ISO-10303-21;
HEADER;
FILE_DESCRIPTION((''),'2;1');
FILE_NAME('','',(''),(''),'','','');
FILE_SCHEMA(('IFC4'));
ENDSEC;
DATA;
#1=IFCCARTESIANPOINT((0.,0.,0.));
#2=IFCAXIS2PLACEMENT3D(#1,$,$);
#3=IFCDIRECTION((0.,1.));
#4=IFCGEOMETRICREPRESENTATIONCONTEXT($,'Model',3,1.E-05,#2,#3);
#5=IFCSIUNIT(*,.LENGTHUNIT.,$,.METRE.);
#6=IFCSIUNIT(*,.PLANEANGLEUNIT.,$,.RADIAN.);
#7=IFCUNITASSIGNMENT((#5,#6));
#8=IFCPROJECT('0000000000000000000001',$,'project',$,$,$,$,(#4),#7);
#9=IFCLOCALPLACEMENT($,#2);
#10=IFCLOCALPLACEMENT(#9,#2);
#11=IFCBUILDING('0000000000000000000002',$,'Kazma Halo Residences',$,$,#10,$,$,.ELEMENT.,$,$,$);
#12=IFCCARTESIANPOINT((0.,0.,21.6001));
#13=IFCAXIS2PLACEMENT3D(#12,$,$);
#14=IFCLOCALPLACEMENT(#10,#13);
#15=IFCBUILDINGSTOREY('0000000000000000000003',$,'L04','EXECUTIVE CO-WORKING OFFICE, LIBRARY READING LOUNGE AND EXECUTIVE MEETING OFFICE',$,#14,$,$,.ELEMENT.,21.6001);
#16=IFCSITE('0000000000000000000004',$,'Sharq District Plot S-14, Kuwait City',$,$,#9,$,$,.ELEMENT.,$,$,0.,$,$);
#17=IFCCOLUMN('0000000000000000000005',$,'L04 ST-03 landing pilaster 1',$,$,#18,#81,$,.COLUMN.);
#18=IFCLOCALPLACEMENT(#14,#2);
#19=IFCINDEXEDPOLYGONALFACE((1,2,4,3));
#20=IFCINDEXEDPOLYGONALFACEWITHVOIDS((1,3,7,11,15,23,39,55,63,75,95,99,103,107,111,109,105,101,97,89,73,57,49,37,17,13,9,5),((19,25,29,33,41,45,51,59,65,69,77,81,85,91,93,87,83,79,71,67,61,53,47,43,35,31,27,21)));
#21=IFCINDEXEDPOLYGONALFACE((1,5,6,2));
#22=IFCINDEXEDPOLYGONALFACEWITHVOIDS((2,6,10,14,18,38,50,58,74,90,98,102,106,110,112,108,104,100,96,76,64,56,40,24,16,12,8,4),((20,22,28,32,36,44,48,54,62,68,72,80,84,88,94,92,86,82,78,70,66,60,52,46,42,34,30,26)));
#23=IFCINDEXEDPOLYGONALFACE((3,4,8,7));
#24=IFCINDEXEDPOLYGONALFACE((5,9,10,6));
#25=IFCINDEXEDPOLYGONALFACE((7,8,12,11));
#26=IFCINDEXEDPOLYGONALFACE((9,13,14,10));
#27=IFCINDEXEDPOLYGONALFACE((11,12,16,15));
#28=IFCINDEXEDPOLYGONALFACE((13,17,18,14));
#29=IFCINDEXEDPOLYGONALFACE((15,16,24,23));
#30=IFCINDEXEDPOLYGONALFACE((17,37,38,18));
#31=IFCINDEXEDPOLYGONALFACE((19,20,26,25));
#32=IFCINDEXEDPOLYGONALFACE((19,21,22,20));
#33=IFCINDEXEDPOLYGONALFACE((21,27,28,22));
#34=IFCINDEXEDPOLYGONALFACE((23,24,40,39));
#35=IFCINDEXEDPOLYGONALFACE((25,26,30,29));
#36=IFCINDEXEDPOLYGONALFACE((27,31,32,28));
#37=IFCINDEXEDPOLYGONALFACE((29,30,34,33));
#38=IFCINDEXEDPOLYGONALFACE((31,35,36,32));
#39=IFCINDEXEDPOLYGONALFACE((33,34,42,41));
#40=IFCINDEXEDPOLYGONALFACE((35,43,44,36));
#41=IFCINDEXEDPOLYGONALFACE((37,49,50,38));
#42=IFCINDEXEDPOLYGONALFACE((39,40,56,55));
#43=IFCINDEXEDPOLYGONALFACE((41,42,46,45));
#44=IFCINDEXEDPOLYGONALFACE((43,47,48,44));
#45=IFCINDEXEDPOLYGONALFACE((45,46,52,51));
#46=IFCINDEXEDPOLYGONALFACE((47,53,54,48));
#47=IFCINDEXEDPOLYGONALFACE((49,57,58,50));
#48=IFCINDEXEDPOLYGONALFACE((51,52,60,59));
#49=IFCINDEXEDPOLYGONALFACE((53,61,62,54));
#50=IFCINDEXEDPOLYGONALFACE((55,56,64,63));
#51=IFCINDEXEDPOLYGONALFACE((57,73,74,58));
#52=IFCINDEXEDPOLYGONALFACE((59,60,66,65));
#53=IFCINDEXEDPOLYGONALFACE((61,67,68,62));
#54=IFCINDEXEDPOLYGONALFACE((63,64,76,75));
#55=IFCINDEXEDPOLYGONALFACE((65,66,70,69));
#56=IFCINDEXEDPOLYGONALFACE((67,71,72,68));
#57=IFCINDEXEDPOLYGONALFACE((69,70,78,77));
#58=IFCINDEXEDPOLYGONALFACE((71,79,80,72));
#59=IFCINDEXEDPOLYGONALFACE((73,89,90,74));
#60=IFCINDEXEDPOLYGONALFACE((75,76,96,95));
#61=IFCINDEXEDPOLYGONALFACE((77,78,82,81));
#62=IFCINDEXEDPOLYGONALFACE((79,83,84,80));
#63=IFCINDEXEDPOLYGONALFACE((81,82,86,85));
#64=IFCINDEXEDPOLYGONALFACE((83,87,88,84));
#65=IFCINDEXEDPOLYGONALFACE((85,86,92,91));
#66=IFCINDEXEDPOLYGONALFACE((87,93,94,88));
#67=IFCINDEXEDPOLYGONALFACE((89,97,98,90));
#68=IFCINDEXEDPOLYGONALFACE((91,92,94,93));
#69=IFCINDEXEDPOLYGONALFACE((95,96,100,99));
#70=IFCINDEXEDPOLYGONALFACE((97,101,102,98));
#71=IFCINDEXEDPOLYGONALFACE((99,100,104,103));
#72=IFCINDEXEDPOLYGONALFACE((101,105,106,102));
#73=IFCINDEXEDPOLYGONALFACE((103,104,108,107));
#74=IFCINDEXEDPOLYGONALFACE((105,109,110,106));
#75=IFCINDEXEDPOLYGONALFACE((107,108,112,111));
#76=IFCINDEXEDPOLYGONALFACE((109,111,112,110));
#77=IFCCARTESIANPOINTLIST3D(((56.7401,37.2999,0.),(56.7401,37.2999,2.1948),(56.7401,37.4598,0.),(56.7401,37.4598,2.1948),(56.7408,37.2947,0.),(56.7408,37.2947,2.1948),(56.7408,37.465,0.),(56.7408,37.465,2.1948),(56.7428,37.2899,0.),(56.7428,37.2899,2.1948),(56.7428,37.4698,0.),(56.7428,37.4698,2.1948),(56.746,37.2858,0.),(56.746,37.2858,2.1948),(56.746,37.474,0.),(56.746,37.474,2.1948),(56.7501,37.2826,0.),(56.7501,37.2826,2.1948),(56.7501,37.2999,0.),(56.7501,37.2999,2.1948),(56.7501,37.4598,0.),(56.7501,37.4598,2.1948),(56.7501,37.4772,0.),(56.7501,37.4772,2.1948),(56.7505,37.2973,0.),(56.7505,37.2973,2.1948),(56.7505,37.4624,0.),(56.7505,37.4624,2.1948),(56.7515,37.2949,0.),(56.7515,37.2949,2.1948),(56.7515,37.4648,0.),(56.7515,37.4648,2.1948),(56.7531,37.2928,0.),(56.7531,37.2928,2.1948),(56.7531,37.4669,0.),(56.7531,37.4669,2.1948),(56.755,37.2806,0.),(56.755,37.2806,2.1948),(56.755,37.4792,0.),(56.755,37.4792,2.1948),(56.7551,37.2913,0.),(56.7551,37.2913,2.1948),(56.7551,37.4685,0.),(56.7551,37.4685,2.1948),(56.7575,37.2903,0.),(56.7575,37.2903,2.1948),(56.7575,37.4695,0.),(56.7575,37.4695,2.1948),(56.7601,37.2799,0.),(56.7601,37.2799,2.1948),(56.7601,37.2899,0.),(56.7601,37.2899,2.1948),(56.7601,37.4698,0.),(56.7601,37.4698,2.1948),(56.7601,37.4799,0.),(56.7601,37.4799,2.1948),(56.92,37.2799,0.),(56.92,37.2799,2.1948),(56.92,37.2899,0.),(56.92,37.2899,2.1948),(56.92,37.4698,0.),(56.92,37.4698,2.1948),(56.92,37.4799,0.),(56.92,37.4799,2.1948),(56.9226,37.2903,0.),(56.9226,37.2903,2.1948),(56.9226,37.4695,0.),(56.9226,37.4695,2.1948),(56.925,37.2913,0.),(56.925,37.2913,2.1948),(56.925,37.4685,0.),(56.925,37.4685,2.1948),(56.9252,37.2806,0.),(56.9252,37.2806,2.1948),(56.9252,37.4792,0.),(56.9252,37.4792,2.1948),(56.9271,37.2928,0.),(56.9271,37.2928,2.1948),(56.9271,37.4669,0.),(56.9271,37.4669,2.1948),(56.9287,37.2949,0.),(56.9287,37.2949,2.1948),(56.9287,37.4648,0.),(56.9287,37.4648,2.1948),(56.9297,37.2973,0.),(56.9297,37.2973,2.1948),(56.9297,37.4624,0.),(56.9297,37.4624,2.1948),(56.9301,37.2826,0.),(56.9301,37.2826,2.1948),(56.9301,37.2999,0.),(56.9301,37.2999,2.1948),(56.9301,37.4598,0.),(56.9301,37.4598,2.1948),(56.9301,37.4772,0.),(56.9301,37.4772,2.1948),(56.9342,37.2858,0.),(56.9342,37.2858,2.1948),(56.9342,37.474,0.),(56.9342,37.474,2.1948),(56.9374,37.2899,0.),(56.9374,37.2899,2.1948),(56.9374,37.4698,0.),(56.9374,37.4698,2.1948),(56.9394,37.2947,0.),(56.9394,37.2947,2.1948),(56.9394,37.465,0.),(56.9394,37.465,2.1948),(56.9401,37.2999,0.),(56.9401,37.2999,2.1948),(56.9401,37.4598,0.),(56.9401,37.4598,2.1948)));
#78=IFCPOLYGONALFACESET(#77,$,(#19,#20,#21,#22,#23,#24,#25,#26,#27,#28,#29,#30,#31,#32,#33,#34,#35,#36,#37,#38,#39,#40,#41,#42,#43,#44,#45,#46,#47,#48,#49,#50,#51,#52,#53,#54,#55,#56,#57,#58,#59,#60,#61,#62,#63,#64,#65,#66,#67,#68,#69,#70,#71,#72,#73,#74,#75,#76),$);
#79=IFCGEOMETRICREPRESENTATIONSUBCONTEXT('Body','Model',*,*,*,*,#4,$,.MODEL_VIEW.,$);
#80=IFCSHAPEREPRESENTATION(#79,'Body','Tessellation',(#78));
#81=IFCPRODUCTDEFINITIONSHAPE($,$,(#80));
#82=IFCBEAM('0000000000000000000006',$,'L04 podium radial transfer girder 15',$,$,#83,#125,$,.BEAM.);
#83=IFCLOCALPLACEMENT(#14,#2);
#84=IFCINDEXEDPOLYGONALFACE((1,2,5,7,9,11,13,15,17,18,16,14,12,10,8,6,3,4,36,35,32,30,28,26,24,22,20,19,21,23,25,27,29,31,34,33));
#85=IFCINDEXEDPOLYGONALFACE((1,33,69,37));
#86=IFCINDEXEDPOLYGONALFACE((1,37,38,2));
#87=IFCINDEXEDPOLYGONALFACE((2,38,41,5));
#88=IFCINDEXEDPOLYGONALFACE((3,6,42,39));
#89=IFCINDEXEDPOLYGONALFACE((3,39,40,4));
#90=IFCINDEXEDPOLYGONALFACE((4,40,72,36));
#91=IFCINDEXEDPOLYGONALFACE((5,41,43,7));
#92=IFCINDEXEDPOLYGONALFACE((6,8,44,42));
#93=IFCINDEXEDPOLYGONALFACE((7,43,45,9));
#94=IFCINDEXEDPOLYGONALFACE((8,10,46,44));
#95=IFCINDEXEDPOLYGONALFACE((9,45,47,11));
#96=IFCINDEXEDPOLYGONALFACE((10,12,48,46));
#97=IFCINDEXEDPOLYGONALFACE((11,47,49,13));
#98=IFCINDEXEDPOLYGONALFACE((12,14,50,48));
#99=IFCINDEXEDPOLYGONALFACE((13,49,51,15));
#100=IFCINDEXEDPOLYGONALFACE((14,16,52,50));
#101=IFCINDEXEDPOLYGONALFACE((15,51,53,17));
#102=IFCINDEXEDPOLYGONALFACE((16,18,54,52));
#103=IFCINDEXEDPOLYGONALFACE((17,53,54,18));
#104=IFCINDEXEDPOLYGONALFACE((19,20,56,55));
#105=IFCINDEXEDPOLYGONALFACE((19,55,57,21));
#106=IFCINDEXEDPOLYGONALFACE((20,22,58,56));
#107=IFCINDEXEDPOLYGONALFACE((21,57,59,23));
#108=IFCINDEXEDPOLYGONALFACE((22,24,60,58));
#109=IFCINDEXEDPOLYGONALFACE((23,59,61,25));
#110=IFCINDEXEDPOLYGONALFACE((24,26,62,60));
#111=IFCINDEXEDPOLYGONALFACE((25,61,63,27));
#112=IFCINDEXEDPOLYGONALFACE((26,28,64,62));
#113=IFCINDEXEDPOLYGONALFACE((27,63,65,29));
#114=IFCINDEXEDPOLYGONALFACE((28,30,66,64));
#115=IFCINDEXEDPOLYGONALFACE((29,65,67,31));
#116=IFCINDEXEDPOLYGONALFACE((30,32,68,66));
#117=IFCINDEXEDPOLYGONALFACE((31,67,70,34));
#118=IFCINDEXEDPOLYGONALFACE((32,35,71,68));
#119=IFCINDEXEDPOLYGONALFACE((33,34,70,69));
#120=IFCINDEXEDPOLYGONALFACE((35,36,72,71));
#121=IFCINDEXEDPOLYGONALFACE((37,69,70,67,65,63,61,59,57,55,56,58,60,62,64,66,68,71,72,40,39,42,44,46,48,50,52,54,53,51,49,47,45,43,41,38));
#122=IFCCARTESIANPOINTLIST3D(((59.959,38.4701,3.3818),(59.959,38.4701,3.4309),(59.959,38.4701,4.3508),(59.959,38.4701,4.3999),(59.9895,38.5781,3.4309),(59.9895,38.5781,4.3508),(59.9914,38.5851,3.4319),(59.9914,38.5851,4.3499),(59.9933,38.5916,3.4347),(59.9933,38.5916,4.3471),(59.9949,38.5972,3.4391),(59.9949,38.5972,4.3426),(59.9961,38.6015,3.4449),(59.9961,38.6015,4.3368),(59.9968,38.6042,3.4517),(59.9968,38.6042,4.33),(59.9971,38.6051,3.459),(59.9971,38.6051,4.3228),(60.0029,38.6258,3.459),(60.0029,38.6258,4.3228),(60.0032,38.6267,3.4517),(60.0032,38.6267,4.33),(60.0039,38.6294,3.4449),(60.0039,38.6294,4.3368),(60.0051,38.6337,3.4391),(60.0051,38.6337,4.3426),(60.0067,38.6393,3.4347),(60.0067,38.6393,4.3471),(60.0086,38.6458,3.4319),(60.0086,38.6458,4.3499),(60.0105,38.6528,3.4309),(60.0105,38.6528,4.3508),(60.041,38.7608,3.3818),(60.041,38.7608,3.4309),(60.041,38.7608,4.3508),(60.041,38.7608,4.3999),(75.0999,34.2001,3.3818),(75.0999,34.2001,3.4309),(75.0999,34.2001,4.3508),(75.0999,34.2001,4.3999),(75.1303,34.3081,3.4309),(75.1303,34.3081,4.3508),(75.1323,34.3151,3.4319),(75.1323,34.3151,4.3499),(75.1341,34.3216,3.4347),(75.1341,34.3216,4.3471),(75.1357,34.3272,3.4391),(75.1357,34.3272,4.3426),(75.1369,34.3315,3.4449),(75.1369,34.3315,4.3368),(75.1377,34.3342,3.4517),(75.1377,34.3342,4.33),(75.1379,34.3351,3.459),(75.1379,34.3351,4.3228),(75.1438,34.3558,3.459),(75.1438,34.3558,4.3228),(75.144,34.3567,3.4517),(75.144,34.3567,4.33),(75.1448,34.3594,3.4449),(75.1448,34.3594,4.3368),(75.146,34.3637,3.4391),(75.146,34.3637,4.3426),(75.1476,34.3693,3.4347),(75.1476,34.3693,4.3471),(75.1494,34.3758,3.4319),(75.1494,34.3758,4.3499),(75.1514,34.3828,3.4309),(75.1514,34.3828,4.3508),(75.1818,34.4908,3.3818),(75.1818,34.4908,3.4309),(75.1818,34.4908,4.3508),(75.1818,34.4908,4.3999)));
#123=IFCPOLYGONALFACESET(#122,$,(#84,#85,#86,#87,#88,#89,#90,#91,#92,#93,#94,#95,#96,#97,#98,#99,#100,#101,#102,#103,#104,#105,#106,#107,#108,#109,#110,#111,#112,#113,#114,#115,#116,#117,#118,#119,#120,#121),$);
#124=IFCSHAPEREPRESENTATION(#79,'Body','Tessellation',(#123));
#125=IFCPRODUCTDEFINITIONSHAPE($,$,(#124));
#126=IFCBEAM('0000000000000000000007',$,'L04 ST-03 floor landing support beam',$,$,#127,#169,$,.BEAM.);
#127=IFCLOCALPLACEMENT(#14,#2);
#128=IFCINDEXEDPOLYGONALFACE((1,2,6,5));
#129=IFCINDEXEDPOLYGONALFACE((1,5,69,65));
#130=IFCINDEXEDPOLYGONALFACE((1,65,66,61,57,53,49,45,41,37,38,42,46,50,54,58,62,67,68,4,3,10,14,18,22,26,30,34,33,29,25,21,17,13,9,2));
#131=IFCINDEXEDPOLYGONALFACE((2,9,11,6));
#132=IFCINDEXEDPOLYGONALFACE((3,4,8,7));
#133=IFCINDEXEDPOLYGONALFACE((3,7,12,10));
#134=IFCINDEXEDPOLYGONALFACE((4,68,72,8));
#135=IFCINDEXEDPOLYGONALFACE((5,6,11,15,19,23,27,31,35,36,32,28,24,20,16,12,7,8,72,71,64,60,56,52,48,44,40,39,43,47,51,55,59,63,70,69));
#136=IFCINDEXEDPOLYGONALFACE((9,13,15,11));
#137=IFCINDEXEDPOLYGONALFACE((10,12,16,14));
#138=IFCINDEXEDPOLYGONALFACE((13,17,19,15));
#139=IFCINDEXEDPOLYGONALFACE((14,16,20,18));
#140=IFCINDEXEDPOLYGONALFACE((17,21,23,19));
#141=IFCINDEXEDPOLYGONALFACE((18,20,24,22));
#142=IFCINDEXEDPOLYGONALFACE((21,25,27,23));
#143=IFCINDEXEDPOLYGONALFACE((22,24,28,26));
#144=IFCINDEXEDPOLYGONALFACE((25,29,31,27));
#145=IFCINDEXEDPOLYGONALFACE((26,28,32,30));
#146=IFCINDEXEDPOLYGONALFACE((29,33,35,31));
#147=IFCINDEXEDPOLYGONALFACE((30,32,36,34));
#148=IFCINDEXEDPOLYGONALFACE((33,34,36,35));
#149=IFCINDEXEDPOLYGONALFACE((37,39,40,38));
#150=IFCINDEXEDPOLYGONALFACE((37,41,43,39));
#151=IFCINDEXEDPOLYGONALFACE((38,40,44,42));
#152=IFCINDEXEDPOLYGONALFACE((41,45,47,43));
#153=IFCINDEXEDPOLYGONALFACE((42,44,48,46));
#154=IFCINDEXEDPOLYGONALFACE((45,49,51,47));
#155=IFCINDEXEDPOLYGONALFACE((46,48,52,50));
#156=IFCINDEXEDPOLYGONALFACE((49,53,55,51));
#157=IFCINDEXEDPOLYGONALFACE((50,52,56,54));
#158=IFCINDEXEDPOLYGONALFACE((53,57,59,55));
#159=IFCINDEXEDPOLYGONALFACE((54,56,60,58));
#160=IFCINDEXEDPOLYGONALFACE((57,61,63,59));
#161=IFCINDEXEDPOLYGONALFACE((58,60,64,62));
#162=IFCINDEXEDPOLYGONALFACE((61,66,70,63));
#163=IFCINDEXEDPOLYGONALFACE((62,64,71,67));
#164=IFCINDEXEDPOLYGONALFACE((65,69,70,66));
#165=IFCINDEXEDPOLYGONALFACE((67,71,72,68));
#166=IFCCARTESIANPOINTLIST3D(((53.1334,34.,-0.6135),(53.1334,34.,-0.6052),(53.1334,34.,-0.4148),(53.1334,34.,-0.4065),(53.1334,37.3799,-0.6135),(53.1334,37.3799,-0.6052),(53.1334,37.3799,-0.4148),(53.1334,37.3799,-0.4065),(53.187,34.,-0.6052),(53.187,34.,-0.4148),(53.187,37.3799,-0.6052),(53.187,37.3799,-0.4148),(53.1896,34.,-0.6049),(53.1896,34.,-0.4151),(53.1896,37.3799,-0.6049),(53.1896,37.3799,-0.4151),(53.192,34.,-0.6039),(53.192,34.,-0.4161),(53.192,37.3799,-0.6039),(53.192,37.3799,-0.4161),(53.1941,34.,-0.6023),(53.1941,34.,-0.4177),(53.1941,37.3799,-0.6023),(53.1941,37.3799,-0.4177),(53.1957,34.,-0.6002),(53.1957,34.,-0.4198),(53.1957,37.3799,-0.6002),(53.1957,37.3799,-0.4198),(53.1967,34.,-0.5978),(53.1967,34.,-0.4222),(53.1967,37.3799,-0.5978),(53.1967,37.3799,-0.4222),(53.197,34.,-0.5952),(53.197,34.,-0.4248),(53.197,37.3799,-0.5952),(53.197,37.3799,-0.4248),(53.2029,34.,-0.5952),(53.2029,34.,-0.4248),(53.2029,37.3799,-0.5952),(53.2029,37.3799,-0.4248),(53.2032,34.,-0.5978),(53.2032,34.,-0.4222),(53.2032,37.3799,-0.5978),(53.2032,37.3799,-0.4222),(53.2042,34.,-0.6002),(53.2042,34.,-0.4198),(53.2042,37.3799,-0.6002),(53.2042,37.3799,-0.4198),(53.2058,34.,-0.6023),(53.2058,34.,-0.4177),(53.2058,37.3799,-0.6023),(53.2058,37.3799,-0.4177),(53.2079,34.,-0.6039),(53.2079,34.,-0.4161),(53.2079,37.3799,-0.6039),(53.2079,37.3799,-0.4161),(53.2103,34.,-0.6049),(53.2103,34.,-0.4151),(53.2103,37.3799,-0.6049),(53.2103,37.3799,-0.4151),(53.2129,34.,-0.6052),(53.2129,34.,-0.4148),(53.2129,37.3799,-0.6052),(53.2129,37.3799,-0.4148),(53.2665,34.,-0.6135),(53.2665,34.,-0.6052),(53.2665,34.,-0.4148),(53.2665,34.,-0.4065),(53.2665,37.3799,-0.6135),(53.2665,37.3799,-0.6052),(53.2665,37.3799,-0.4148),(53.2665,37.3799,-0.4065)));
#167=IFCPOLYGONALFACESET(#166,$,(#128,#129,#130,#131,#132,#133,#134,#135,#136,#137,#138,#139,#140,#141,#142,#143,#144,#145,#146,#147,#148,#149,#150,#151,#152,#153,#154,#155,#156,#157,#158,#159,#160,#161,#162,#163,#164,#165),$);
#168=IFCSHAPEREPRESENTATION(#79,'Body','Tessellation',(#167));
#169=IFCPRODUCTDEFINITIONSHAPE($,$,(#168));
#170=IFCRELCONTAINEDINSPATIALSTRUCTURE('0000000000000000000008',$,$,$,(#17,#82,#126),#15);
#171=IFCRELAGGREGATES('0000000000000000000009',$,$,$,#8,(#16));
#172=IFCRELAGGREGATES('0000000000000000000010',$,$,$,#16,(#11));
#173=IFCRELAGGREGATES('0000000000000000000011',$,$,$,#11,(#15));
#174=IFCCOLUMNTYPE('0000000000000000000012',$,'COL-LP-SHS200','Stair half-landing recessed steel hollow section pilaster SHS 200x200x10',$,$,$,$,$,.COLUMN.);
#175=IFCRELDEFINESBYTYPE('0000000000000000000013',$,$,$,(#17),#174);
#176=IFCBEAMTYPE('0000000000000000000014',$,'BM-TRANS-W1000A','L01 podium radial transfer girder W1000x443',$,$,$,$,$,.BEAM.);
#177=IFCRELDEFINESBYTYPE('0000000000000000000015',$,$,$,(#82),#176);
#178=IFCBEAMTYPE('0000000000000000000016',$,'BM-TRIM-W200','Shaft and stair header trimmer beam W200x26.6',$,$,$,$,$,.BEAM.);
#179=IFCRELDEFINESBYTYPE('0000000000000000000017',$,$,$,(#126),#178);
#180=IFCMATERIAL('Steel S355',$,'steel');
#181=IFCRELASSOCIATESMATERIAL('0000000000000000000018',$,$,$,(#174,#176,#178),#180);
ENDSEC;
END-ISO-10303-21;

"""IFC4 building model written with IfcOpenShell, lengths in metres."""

from ifc_helpers import new_model, si_unit, direction, frame, origin, origin_2d, place, context, subcontext, project, spatial, hollow_rectangle, i_section, extrude, material, material_profile, profile_set, type_object, element, save


model = new_model("IFC4")

# Units and contexts
model_context = context("Model", 3, precision=1e-05, world=origin(), true_north=direction((0.0, 1.0)))
body_context = subcontext(model_context, "Body", "Model", "MODEL_VIEW")
ifc_project = project(units=[si_unit("LENGTHUNIT", "METRE"), si_unit("PLANEANGLEUNIT", "RADIAN")], contexts=[model_context])

# Site, building, storey
site_placement = place(None, origin())
site = spatial("IfcSite", under=ifc_project, at=site_placement, Name="Sharq District Plot S-14, Kuwait City", CompositionType="ELEMENT", RefElevation=0.0)
building_placement = place(site_placement, origin())
building = spatial("IfcBuilding", under=site, at=building_placement, Name="Kazma Halo Residences", CompositionType="ELEMENT")
storey_placement = place(building_placement, frame((0.0, 0.0, 21.6001)))
storey = spatial("IfcBuildingStorey", under=building, at=storey_placement, Name="L04", Description="EXECUTIVE CO-WORKING OFFICE, LIBRARY READING LOUNGE AND EXECUTIVE MEETING OFFICE", CompositionType="ELEMENT", Elevation=21.6001)

# Column
ifc_material_1 = material(Name="Steel S355", Category="steel")
ifc_material_profile_1 = material_profile(ifc_material_1, hollow_rectangle(XDim=0.2, YDim=0.2, WallThickness=0.01, InnerFilletRadius=0.01, OuterFilletRadius=0.02, at=origin_2d()), Name="SHS200x200x10")
ifc_profile_set_1 = profile_set([ifc_material_profile_1], Name="Steel S355")
column_type = type_object("IfcColumnType", Name="COL-LP-SHS200", Description="Stair half-landing recessed steel hollow section pilaster SHS 200x200x10", PredefinedType="COLUMN", material=ifc_profile_set_1)
column_placement = place(storey_placement, frame((56.8401, 37.3799, 0.0), z_axis=(0.0, 0.0, 1.0), x_axis=(1.0, 0.0, 0.0)))
element("IfcColumn", 1, at=column_placement, inside=storey, type_object=column_type, Name="L04 ST-03 landing pilaster 1", PredefinedType="COLUMN", context=body_context, shape_type="SweptSolid", body=[
    extrude(hollow_rectangle(XDim=0.2, YDim=0.2, WallThickness=0.01, InnerFilletRadius=0.01, OuterFilletRadius=0.02, at=origin_2d()), origin(), (0.0, 0.0, 1.0), 2.1948),
])

# Beams
ifc_material_profile_2 = material_profile(ifc_material_1, i_section(OverallWidth=0.302, OverallDepth=1.0181, WebThickness=0.0215, FlangeThickness=0.0491, FilletRadius=0.0281, at=origin_2d()), Name="W1000x443")
ifc_profile_set_2 = profile_set([ifc_material_profile_2], Name="Steel S355")
beam_type_1 = type_object("IfcBeamType", Name="BM-TRANS-W1000A", Description="L01 podium radial transfer girder W1000x443", PredefinedType="BEAM", material=ifc_profile_set_2)
beam_1_placement = place(storey_placement, frame((60.0, 38.6155, 3.8909), z_axis=(0.962458, -0.271432, 0.0), x_axis=(0.271432, 0.962458, 0.0)))
element("IfcBeam", 2, at=beam_1_placement, inside=storey, type_object=beam_type_1, Name="L04 podium radial transfer girder 15", PredefinedType="BEAM", context=body_context, shape_type="SweptSolid", body=[
    extrude(i_section(OverallWidth=0.302, OverallDepth=1.0181, WebThickness=0.0215, FlangeThickness=0.0491, FilletRadius=0.0281, at=origin_2d()), origin(), (0.0, 0.0, 1.0), 15.7314),
])
ifc_material_profile_3 = material_profile(ifc_material_1, i_section(OverallWidth=0.1331, OverallDepth=0.207, WebThickness=0.0059, FlangeThickness=0.0083, FilletRadius=0.01, at=origin_2d()), Name="W200x26.6")
ifc_profile_set_3 = profile_set([ifc_material_profile_3], Name="Steel S355")
beam_type_2 = type_object("IfcBeamType", Name="BM-TRIM-W200", Description="Shaft and stair header trimmer beam W200x26.6", PredefinedType="BEAM", material=ifc_profile_set_3)
beam_2_placement = place(storey_placement, frame((53.2, 34.0, -0.51), z_axis=(0.0, 1.0, 0.0), x_axis=(-1.0, 0.0, 0.0)))
element("IfcBeam", 3, at=beam_2_placement, inside=storey, type_object=beam_type_2, Name="L04 ST-03 floor landing support beam", PredefinedType="BEAM", context=body_context, shape_type="SweptSolid", body=[
    extrude(i_section(OverallWidth=0.1331, OverallDepth=0.207, WebThickness=0.0059, FlangeThickness=0.0083, FilletRadius=0.01, at=origin_2d()), origin(), (0.0, 0.0, 1.0), 3.3799),
])

save(model, "model.ifc")
